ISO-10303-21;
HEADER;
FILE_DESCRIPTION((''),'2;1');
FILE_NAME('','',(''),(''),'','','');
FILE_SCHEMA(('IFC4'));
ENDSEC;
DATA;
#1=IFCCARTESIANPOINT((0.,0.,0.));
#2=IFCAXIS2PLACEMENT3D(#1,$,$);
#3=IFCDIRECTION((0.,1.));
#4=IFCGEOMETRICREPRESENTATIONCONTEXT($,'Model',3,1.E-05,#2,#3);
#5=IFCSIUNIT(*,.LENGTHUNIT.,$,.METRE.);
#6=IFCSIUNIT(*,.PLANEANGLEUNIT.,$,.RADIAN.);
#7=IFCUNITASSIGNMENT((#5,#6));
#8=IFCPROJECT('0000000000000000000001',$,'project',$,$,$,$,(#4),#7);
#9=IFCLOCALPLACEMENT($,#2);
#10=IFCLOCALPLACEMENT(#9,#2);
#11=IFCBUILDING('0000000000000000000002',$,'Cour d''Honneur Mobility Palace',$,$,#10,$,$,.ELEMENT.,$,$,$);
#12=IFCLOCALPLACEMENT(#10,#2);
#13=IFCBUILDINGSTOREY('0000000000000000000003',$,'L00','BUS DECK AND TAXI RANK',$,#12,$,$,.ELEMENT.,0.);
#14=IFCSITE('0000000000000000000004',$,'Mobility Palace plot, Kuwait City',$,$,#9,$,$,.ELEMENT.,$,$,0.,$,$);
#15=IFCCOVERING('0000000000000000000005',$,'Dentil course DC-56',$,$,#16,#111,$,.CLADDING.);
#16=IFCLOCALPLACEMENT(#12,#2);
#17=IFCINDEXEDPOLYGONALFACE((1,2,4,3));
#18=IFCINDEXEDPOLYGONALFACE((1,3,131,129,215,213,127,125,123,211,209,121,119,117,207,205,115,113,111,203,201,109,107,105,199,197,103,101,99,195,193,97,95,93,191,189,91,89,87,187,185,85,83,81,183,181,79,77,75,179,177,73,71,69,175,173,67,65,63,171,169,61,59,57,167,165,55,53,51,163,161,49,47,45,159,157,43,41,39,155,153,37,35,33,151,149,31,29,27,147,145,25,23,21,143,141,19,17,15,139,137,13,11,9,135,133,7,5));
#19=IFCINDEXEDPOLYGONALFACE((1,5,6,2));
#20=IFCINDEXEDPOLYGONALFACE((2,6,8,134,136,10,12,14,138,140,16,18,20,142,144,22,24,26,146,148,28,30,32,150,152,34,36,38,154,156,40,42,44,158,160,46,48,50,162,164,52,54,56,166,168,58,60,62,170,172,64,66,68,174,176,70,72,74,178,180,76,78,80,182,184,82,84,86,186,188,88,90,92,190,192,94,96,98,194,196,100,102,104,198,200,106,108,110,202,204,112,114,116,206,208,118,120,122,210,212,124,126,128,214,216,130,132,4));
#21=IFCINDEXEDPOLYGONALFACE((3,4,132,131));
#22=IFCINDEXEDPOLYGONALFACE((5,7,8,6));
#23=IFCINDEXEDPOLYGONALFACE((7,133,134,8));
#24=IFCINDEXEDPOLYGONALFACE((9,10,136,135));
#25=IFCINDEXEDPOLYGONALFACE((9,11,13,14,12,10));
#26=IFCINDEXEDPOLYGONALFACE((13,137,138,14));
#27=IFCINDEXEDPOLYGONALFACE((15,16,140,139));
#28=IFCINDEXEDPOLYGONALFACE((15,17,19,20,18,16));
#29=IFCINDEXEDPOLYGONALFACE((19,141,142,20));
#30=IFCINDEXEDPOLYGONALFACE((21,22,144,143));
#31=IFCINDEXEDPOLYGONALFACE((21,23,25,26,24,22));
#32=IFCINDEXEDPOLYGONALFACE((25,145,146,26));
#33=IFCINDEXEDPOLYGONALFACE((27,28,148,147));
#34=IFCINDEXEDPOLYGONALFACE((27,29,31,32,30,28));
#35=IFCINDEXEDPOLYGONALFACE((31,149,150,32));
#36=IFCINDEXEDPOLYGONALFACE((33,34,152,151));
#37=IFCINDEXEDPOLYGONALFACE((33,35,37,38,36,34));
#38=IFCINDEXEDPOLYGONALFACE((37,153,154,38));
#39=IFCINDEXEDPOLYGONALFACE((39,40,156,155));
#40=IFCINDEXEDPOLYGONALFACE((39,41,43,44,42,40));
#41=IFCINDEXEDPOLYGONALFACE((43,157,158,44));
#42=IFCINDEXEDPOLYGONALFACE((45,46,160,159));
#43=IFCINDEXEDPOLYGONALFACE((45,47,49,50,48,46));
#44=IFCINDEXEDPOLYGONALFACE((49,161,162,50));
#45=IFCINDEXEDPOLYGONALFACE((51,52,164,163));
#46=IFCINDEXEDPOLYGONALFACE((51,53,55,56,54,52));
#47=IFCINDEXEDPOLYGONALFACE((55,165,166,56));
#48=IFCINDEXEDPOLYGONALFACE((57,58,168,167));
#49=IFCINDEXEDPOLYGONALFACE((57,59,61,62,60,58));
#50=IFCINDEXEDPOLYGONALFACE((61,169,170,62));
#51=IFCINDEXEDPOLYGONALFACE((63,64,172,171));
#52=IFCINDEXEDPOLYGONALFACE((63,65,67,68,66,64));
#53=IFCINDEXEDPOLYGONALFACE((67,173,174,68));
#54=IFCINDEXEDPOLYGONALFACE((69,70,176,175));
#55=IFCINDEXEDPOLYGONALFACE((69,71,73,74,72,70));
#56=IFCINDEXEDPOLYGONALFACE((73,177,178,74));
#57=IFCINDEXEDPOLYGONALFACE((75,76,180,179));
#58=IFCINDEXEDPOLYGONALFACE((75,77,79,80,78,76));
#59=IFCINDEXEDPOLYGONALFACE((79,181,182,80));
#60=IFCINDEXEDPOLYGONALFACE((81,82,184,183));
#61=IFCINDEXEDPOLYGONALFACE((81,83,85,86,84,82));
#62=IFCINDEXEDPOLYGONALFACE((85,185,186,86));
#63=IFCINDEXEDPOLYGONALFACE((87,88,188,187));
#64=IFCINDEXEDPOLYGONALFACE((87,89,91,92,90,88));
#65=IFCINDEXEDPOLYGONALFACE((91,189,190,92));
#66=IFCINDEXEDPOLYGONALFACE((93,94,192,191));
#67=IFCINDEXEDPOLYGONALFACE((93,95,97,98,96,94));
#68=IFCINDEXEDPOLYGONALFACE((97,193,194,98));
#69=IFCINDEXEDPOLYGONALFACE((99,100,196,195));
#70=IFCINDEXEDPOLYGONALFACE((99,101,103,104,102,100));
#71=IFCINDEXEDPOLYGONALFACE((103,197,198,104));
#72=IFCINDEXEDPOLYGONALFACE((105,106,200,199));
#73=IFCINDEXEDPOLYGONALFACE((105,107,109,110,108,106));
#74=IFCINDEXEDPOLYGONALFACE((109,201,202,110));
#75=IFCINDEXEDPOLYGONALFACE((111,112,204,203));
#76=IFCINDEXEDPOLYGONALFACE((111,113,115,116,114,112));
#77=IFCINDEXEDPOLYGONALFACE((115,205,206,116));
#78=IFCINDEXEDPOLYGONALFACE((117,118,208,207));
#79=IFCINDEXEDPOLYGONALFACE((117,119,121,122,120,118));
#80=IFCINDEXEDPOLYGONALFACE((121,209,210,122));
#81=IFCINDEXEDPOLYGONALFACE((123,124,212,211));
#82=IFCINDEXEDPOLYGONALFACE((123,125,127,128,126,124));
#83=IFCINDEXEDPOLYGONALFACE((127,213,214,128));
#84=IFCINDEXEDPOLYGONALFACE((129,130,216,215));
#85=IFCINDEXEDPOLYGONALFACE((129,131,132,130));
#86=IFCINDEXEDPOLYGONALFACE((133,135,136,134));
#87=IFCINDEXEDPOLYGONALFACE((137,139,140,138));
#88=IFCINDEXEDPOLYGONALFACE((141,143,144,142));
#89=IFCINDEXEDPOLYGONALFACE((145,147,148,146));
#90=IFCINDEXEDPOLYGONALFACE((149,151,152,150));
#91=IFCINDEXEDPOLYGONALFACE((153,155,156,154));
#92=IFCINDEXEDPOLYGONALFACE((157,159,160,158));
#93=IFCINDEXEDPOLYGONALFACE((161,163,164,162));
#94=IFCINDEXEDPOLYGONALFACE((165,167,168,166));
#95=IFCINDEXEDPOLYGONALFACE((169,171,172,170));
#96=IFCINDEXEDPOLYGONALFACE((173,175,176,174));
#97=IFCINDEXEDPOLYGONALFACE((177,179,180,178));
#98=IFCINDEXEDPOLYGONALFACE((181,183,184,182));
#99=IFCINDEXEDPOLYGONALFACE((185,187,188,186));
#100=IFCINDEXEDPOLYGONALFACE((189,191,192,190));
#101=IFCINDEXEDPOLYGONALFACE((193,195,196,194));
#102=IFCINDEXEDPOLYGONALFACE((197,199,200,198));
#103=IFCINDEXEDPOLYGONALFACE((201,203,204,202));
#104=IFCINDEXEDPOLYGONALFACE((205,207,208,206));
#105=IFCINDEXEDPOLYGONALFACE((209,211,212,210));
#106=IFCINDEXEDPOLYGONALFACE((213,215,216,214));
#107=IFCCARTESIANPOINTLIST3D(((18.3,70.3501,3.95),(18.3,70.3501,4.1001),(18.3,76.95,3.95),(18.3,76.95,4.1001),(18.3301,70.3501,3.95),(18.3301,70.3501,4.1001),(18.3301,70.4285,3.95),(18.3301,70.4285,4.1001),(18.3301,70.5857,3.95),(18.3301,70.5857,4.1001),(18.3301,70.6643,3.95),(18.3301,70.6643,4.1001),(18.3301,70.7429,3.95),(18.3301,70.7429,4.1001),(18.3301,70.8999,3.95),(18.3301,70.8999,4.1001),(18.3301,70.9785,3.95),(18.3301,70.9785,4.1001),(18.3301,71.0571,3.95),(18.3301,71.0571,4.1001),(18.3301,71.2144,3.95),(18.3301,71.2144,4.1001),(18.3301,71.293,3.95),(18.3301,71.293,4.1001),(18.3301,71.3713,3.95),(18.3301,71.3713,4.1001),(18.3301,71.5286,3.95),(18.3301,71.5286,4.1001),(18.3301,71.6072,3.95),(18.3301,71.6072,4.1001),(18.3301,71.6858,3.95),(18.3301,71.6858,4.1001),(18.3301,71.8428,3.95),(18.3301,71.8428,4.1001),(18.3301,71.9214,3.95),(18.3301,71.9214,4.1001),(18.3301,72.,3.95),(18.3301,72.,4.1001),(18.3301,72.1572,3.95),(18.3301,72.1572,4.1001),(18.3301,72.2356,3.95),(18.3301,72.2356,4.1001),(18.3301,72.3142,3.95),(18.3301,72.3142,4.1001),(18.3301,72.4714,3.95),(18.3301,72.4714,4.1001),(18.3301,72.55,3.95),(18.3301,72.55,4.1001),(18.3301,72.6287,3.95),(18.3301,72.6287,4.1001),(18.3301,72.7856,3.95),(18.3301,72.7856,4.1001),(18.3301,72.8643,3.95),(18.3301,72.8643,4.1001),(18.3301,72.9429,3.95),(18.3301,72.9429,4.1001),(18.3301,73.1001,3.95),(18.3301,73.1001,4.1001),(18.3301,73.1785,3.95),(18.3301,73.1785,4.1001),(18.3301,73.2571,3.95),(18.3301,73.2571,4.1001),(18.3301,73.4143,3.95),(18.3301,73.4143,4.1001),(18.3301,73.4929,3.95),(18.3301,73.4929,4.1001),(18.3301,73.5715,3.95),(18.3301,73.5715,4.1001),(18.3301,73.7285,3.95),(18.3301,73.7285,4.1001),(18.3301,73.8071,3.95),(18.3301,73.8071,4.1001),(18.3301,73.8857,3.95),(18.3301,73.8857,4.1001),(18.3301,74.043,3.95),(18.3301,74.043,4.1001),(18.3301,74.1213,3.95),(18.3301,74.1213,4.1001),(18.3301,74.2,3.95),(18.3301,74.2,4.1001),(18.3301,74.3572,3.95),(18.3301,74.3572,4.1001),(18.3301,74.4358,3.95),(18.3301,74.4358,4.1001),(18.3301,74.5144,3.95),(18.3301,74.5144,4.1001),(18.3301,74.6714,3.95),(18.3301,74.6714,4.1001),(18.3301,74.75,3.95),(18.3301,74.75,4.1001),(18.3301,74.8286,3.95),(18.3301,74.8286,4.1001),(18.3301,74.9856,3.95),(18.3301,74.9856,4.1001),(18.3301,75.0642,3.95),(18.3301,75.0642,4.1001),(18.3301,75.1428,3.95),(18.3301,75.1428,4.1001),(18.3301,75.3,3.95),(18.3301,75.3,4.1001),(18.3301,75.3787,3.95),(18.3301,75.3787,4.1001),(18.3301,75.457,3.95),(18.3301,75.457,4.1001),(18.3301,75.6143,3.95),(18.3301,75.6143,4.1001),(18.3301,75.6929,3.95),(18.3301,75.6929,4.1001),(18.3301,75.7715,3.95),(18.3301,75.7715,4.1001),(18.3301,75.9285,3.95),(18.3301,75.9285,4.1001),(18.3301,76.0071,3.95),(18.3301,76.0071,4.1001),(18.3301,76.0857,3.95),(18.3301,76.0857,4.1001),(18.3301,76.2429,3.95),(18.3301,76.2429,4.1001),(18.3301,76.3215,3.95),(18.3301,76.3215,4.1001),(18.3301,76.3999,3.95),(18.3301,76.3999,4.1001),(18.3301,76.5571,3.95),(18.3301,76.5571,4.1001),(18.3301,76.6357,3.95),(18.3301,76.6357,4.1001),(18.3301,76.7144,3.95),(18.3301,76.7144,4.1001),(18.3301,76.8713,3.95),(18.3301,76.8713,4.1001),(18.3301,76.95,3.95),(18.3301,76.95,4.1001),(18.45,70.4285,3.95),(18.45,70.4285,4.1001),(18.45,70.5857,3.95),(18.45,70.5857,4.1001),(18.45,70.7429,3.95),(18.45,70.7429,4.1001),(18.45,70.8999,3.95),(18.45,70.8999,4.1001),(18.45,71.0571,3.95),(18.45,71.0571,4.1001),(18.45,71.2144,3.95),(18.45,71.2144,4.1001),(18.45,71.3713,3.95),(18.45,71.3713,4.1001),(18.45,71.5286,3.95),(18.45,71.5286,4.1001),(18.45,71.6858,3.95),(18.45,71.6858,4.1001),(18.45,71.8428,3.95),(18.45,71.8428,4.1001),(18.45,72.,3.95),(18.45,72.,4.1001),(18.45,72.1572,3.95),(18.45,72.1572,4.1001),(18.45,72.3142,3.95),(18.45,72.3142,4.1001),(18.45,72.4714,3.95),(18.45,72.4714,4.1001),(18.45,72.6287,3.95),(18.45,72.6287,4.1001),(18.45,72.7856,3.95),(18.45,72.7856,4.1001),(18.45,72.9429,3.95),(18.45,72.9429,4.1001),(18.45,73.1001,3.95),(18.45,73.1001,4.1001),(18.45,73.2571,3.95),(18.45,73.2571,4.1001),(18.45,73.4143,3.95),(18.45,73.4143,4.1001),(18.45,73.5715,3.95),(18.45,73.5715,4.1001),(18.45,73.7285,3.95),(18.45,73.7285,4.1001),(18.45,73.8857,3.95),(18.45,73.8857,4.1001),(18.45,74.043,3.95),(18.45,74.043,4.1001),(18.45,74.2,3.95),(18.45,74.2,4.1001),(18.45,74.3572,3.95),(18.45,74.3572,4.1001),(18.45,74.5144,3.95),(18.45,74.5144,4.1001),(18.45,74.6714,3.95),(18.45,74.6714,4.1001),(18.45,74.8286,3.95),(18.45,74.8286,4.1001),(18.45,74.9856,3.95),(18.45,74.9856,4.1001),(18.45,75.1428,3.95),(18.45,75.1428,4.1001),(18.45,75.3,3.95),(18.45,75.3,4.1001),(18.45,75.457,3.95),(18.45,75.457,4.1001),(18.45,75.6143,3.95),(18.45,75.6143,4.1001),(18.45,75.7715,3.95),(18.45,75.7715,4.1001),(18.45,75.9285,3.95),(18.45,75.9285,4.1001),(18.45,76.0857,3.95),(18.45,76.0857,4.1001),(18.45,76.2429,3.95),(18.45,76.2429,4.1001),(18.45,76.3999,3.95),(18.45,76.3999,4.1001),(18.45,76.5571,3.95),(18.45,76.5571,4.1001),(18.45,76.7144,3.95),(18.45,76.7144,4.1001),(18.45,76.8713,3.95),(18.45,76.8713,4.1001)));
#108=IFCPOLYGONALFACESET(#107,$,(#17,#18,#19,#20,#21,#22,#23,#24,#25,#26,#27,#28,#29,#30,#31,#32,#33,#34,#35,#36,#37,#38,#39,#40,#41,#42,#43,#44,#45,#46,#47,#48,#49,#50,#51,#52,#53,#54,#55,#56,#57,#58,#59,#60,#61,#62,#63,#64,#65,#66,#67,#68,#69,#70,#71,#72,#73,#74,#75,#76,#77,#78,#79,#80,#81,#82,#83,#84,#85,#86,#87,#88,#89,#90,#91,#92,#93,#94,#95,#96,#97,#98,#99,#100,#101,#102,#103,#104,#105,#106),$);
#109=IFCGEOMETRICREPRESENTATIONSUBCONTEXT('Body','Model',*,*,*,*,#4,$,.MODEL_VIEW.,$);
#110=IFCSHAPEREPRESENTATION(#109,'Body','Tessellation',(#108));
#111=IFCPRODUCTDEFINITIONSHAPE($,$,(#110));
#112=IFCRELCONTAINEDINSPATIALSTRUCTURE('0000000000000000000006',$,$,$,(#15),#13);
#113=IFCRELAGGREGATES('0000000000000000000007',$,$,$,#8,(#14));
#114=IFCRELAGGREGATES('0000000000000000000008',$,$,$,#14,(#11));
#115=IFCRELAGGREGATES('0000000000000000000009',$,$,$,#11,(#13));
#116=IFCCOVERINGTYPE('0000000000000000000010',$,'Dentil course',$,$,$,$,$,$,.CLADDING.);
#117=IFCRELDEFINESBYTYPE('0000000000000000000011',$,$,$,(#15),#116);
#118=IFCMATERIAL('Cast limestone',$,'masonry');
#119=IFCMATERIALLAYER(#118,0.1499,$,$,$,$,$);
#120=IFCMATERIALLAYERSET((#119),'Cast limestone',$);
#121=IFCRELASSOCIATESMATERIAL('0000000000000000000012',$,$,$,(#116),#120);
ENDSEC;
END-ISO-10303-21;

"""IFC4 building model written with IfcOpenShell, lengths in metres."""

from ifc_helpers import new_model, si_unit, direction, frame, origin, place, context, subcontext, project, spatial, polyline, outline, extrude, material, layer, layer_set, type_object, element, save


model = new_model("IFC4")

# Units and contexts
model_context = context("Model", 3, precision=1e-05, world=origin(), true_north=direction((0.0, 1.0)))
body_context = subcontext(model_context, "Body", "Model", "MODEL_VIEW")
ifc_project = project(units=[si_unit("LENGTHUNIT", "METRE"), si_unit("PLANEANGLEUNIT", "RADIAN")], contexts=[model_context])

# Site, building, storey
site_placement = place(None, origin())
site = spatial("IfcSite", under=ifc_project, at=site_placement, Name="Mobility Palace plot, Kuwait City", CompositionType="ELEMENT", RefElevation=0.0)
building_placement = place(site_placement, origin())
building = spatial("IfcBuilding", under=site, at=building_placement, Name="Cour d'Honneur Mobility Palace", CompositionType="ELEMENT")
storey_placement = place(building_placement, origin())
storey = spatial("IfcBuildingStorey", under=building, at=storey_placement, Name="L00", Description="BUS DECK AND TAXI RANK", CompositionType="ELEMENT", Elevation=0.0)

# Covering
ifc_material = material(Name="Cast limestone", Category="masonry")
ifc_layer = layer(ifc_material, 0.1499)
ifc_layer_set = layer_set([ifc_layer], Name="Cast limestone")
covering_type = type_object("IfcCoveringType", Name="Dentil course", PredefinedType="CLADDING", material=ifc_layer_set)
covering_1_placement = place(storey_placement, frame((0.0, 0.0, 3.95)))
element("IfcCovering", 1, at=covering_1_placement, inside=storey, type_object=covering_type, Name="Dentil course DC-56", PredefinedType="CLADDING", context=body_context, shape_type="SweptSolid", body=[
    extrude(outline(polyline([(18.3, 70.3501), (18.3, 76.95), (18.3301, 76.95), (18.3301, 76.95), (18.3301, 76.8713), (18.45, 76.8713), (18.45, 76.7144), (18.3301, 76.7144), (18.3301, 76.6357), (18.3301, 76.6357), (18.3301, 76.5571), (18.45, 76.5571), (18.45, 76.3999), (18.3301, 76.3999), (18.3301, 76.3215), (18.3301, 76.3215), (18.3301, 76.2429), (18.45, 76.2429), (18.45, 76.0857), (18.3301, 76.0857), (18.3301, 76.0071), (18.3301, 76.0071), (18.3301, 75.9285), (18.45, 75.9285), (18.45, 75.7715), (18.3301, 75.7715), (18.3301, 75.6929), (18.3301, 75.6929), (18.3301, 75.6143), (18.45, 75.6143), (18.45, 75.457), (18.3301, 75.457), (18.3301, 75.3787), (18.3301, 75.3787), (18.3301, 75.3), (18.45, 75.3), (18.45, 75.1428), (18.3301, 75.1428), (18.3301, 75.0642), (18.3301, 75.0642), (18.3301, 74.9856), (18.45, 74.9856), (18.45, 74.8286), (18.3301, 74.8286), (18.3301, 74.75), (18.3301, 74.75), (18.3301, 74.6714), (18.45, 74.6714), (18.45, 74.5144), (18.3301, 74.5144), (18.3301, 74.4358), (18.3301, 74.4358), (18.3301, 74.3572), (18.45, 74.3572), (18.45, 74.2), (18.3301, 74.2), (18.3301, 74.1213), (18.3301, 74.1213), (18.3301, 74.043), (18.45, 74.043), (18.45, 73.8857), (18.3301, 73.8857), (18.3301, 73.8071), (18.3301, 73.8071), (18.3301, 73.7285), (18.45, 73.7285), (18.45, 73.5715), (18.3301, 73.5715), (18.3301, 73.4929), (18.3301, 73.4929), (18.3301, 73.4143), (18.45, 73.4143), (18.45, 73.2571), (18.3301, 73.2571), (18.3301, 73.1785), (18.3301, 73.1785), (18.3301, 73.1001), (18.45, 73.1001), (18.45, 72.9429), (18.3301, 72.9429), (18.3301, 72.8643), (18.3301, 72.8643), (18.3301, 72.7856), (18.45, 72.7856), (18.45, 72.6287), (18.3301, 72.6287), (18.3301, 72.55), (18.3301, 72.55), (18.3301, 72.4714), (18.45, 72.4714), (18.45, 72.3142), (18.3301, 72.3142), (18.3301, 72.2356), (18.3301, 72.2356), (18.3301, 72.1572), (18.45, 72.1572), (18.45, 72.0), (18.3301, 72.0), (18.3301, 71.9214), (18.3301, 71.9214), (18.3301, 71.8428), (18.45, 71.8428), (18.45, 71.6858), (18.3301, 71.6858), (18.3301, 71.6072), (18.3301, 71.6072), (18.3301, 71.5286), (18.45, 71.5286), (18.45, 71.3713), (18.3301, 71.3713), (18.3301, 71.293), (18.3301, 71.293), (18.3301, 71.2144), (18.45, 71.2144), (18.45, 71.0571), (18.3301, 71.0571), (18.3301, 70.9785), (18.3301, 70.9785), (18.3301, 70.8999), (18.45, 70.8999), (18.45, 70.7429), (18.3301, 70.7429), (18.3301, 70.6643), (18.3301, 70.6643), (18.3301, 70.5857), (18.45, 70.5857), (18.45, 70.4285), (18.3301, 70.4285), (18.3301, 70.3501), (18.3, 70.3501)])), origin(), (0.0, 0.0, 1.0), 0.1501),
])

save(model, "model.ifc")
